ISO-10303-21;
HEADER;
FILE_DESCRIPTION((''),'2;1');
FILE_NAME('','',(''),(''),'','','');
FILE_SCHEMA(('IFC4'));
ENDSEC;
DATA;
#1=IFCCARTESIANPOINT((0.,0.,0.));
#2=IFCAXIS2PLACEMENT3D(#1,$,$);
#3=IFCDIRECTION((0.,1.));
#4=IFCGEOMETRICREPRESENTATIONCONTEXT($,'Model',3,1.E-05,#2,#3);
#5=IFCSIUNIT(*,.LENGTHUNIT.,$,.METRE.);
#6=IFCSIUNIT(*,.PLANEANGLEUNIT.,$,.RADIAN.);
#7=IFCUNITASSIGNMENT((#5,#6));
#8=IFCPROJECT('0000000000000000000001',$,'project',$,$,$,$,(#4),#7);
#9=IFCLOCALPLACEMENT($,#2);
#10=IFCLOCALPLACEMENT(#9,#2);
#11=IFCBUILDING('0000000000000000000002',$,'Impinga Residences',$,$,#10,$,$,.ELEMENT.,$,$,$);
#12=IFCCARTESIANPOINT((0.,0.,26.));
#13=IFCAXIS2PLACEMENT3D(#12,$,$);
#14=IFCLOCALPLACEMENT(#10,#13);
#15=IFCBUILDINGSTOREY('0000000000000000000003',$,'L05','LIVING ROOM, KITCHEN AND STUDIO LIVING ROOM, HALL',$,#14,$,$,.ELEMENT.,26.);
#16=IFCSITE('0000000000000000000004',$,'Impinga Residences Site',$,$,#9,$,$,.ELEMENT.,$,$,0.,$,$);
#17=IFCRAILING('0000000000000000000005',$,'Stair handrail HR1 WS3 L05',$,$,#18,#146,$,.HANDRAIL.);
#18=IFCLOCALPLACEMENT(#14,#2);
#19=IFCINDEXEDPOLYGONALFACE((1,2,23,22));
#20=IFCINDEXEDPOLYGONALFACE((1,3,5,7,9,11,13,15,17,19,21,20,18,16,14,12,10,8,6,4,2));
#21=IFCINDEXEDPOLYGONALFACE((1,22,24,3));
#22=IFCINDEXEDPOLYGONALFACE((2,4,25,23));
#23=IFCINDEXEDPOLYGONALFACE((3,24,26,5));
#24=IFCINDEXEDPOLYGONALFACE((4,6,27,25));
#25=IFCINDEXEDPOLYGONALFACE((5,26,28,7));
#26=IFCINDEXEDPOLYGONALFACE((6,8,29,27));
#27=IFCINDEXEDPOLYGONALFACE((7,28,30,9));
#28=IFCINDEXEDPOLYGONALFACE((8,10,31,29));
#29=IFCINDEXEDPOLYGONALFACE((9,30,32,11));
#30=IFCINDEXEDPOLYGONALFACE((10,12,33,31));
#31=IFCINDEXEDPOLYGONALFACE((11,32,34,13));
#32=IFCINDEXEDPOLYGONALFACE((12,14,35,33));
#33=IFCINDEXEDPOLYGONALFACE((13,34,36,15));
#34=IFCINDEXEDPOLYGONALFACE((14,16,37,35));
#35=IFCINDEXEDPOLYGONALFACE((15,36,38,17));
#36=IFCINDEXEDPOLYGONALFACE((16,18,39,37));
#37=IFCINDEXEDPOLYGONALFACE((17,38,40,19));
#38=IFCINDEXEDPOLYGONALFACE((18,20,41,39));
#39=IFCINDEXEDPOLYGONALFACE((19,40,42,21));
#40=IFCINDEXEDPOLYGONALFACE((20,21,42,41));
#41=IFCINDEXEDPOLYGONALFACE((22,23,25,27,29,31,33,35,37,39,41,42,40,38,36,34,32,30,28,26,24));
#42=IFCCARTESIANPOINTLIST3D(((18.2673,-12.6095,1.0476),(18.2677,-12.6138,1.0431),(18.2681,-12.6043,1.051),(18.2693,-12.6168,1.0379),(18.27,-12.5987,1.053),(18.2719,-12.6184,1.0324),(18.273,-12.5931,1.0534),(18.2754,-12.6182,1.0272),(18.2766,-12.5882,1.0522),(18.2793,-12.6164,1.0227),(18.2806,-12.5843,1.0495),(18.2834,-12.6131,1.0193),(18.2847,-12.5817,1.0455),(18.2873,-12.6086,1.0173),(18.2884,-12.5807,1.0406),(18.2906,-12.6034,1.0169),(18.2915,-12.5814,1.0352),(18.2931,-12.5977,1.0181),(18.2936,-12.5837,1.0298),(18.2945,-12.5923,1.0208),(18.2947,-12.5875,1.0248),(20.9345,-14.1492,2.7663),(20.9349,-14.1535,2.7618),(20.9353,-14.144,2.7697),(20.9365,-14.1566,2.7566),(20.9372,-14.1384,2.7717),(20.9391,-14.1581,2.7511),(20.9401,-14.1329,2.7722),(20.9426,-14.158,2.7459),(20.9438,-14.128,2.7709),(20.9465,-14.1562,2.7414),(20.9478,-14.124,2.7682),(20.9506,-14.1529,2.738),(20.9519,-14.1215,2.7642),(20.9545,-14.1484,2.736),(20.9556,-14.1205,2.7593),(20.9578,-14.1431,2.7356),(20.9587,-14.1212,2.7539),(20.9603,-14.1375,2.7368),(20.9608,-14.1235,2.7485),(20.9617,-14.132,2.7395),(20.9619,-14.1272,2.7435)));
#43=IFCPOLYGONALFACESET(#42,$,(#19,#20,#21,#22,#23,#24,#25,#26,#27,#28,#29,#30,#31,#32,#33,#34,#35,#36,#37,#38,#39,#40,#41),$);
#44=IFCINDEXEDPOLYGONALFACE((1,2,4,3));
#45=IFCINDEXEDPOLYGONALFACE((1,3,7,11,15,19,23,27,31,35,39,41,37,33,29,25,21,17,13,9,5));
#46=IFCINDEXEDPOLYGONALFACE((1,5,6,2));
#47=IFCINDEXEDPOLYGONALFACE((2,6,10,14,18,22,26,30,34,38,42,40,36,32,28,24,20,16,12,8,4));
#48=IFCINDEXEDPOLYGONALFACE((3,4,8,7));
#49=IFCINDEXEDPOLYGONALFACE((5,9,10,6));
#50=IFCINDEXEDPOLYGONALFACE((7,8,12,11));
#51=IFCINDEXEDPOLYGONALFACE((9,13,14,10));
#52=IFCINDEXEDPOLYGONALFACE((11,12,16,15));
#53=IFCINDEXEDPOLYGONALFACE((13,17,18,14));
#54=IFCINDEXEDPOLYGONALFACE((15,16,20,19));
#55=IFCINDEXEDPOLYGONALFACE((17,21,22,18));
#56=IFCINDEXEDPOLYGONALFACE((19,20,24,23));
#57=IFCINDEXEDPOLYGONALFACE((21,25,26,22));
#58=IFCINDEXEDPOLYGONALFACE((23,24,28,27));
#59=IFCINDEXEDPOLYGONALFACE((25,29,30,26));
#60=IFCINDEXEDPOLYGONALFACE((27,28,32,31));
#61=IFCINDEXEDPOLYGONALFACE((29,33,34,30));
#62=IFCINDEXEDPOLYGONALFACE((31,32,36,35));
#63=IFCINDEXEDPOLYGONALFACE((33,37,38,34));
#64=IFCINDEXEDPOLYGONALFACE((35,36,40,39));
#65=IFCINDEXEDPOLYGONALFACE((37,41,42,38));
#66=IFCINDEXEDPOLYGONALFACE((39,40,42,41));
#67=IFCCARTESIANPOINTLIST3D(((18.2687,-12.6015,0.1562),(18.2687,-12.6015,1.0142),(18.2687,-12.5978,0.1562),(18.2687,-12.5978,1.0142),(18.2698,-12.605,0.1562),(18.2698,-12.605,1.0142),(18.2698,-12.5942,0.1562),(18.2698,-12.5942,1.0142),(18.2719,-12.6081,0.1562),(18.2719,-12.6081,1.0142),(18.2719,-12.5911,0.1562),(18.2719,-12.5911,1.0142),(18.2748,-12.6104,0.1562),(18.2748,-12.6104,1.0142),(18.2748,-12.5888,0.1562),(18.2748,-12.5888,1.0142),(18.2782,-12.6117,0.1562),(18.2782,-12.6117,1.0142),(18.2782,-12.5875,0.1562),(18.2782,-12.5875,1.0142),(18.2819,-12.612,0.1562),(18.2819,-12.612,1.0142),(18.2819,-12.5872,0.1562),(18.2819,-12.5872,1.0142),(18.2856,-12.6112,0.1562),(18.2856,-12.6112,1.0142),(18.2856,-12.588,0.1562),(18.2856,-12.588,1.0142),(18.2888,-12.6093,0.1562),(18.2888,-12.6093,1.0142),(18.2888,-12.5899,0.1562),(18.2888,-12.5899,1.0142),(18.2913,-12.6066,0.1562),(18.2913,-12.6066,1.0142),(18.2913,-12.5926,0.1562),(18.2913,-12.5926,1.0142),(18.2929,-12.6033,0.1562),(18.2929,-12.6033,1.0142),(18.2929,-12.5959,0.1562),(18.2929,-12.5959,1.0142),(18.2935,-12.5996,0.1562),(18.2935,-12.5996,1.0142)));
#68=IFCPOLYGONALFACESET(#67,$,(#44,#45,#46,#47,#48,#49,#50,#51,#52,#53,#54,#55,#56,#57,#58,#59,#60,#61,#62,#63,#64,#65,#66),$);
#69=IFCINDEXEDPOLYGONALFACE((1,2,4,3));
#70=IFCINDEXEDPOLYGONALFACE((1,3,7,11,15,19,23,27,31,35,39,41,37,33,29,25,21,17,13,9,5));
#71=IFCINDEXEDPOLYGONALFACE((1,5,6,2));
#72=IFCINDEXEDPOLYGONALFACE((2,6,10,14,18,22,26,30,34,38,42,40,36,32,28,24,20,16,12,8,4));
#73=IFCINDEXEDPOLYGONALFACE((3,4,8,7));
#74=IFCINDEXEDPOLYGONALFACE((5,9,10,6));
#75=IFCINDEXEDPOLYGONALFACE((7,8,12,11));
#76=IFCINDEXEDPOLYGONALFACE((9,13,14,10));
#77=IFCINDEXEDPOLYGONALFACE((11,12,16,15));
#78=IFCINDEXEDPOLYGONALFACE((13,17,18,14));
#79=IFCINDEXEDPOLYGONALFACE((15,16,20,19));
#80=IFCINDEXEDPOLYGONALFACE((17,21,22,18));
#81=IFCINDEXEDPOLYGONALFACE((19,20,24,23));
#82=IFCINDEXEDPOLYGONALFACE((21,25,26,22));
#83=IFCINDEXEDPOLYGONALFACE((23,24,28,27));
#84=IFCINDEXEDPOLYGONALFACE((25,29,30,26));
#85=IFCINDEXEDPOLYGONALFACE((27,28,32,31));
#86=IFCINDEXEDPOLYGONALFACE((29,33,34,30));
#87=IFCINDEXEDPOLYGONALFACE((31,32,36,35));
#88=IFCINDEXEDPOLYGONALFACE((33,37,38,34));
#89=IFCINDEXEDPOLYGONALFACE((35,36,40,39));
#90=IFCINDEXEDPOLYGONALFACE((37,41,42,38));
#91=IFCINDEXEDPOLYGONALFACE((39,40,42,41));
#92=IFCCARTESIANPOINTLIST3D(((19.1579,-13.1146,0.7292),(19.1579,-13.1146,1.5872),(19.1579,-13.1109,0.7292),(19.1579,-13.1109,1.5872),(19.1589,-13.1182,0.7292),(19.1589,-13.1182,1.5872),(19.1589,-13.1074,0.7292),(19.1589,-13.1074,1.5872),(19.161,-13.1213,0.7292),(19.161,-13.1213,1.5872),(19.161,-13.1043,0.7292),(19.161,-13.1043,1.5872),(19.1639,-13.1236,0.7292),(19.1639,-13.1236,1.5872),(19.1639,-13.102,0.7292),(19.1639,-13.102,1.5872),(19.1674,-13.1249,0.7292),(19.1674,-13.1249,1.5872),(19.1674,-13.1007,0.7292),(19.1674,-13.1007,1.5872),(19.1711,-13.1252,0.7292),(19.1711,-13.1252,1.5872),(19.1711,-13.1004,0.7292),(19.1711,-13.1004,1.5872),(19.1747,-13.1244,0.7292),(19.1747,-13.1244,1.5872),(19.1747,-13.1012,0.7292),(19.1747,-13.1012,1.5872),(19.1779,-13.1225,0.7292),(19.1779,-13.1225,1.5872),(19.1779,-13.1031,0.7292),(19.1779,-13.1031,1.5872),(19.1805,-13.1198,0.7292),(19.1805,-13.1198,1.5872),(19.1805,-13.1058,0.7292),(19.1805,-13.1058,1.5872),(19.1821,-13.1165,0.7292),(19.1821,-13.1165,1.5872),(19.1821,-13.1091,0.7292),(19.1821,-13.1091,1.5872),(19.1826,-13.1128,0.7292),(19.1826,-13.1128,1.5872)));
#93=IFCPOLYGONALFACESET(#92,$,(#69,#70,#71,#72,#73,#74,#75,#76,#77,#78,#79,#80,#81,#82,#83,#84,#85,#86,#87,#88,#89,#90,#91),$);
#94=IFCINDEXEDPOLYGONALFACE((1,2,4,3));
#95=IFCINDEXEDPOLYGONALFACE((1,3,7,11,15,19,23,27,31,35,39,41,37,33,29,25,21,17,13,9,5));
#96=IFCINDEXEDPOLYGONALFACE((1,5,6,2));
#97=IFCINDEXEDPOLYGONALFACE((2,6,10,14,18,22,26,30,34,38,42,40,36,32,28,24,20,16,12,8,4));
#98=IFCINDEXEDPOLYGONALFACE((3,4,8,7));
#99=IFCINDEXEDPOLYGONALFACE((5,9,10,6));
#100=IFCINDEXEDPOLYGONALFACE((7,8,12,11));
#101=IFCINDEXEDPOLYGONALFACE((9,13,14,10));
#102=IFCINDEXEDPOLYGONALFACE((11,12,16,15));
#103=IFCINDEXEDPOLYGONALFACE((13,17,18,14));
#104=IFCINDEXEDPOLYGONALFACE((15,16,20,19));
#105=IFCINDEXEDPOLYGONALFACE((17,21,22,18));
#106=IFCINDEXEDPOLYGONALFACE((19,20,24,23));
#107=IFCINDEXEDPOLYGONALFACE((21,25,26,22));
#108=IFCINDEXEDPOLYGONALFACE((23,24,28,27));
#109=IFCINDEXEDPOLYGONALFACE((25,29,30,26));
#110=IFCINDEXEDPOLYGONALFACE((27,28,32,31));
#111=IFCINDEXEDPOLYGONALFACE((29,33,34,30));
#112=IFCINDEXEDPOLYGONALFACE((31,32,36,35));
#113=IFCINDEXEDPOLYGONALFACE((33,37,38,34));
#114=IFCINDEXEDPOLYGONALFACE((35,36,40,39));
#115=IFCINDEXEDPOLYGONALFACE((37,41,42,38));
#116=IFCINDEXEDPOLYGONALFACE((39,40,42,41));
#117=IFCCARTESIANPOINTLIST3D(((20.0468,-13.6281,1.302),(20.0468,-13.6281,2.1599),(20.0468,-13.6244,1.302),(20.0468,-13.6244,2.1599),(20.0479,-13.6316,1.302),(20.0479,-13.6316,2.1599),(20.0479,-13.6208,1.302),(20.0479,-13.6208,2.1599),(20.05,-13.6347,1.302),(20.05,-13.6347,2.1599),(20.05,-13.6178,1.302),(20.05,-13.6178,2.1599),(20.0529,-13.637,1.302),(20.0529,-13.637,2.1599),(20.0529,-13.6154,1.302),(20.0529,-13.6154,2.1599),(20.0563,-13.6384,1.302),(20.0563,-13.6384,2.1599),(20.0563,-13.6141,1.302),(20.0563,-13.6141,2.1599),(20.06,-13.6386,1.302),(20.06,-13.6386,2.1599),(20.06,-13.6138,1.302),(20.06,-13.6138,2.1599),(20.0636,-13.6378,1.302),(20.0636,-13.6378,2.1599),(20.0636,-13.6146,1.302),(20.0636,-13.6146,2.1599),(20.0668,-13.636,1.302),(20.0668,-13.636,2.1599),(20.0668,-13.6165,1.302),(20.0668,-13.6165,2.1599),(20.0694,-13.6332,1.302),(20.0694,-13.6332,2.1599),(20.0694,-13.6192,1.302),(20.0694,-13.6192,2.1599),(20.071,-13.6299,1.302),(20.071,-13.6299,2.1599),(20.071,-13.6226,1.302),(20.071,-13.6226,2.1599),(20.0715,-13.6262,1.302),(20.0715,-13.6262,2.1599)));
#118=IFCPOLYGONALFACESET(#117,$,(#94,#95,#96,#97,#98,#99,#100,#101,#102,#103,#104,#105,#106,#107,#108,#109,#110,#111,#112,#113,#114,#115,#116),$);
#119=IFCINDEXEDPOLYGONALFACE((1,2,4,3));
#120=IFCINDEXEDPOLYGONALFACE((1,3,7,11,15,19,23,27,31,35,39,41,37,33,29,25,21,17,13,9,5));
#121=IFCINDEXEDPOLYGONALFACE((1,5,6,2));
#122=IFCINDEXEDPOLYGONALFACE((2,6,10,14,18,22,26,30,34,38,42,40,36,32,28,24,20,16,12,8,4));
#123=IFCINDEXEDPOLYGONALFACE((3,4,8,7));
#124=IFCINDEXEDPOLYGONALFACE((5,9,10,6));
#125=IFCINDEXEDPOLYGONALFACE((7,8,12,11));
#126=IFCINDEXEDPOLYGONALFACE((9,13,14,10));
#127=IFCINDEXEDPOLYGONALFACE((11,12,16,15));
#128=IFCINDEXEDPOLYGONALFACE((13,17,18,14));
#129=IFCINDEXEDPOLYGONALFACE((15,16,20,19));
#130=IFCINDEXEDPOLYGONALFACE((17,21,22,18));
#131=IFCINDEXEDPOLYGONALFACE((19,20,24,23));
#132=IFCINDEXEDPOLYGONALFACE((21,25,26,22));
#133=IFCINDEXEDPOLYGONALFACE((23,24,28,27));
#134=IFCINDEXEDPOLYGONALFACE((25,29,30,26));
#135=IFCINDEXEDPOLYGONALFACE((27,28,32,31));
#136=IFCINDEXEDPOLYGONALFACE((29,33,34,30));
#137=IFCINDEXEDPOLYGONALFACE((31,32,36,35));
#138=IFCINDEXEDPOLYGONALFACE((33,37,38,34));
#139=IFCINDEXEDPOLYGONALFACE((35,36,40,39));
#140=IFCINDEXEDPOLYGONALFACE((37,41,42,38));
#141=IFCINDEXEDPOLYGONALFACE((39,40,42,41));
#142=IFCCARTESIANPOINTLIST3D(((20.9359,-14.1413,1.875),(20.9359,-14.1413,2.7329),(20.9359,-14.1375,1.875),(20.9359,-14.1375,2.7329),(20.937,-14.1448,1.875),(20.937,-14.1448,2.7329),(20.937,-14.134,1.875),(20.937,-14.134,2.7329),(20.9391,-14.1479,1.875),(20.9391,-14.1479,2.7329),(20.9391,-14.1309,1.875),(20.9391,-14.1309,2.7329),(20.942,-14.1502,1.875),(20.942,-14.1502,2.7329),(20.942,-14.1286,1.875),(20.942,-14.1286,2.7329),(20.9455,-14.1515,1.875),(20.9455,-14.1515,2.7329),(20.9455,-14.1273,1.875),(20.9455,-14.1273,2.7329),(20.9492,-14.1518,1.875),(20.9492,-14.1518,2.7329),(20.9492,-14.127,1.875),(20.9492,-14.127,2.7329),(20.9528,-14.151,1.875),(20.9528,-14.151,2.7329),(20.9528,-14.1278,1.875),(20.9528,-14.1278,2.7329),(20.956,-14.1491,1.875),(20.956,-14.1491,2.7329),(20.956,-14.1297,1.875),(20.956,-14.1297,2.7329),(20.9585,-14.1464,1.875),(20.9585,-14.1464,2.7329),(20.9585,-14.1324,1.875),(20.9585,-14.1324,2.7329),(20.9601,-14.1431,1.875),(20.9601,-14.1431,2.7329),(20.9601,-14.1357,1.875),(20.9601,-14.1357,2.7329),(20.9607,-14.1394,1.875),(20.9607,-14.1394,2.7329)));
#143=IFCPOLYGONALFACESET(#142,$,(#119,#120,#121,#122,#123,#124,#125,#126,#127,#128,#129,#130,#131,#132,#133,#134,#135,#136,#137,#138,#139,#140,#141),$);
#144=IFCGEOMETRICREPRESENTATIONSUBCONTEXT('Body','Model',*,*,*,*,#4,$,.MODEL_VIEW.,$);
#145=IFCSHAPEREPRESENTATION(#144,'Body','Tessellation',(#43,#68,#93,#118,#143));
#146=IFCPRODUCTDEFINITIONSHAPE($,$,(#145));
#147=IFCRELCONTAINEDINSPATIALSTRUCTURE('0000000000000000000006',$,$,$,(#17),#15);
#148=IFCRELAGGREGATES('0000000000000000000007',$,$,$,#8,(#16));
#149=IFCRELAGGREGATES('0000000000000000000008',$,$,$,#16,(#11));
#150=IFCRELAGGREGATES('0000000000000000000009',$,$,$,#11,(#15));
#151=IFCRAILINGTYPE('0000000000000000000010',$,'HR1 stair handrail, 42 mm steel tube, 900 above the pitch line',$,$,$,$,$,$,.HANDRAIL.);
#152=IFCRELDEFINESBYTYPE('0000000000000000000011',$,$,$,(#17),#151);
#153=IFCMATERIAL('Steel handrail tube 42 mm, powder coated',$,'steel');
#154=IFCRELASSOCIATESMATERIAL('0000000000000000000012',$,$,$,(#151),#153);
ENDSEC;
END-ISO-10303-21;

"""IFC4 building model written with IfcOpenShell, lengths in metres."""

from ifc_helpers import new_model, si_unit, direction, frame, origin, origin_2d, place, context, subcontext, project, spatial, circle, extrude, material, type_object, element, save


model = new_model("IFC4")

# Units and contexts
model_context = context("Model", 3, precision=1e-05, world=origin(), true_north=direction((0.0, 1.0)))
body_context = subcontext(model_context, "Body", "Model", "MODEL_VIEW")
ifc_project = project(units=[si_unit("LENGTHUNIT", "METRE"), si_unit("PLANEANGLEUNIT", "RADIAN")], contexts=[model_context])

# Site, building, storey
site_placement = place(None, origin())
site = spatial("IfcSite", under=ifc_project, at=site_placement, Name="Impinga Residences Site", CompositionType="ELEMENT", RefElevation=0.0)
building_placement = place(site_placement, origin())
building = spatial("IfcBuilding", under=site, at=building_placement, Name="Impinga Residences", CompositionType="ELEMENT")
storey_placement = place(building_placement, frame((0.0, 0.0, 26.0)))
storey = spatial("IfcBuildingStorey", under=building, at=storey_placement, Name="L05", Description="LIVING ROOM, KITCHEN AND STUDIO LIVING ROOM, HALL", CompositionType="ELEMENT", Elevation=26.0)

# Railing
ifc_material_1 = material(Name="Steel handrail tube 42 mm, powder coated", Category="steel")
railing_type_1 = type_object("IfcRailingType", Name="HR1 stair handrail, 42 mm steel tube, 900 above the pitch line", PredefinedType="HANDRAIL", material=ifc_material_1)
railing_1_placement = place(storey_placement, frame((18.281, -12.5996, 0.1562)))
element("IfcRailing", 1, at=railing_1_placement, inside=storey, type_object=railing_type_1, Name="Stair handrail HR1 WS3 L05", PredefinedType="HANDRAIL", context=body_context, shape_type="SweptSolid", body=[
    extrude(circle(Radius=0.021, at=origin_2d()), frame((0.0, 0.0, 0.8789), z_axis=(0.756249, -0.436582, 0.487322), x_axis=(0.499967, 0.866044, 0.0)), (0.0, 0.0, 1.0), 3.5269),
    extrude(circle(Radius=0.0125, at=origin_2d()), origin(), (0.0, 0.0, 1.0), 0.8579),
    extrude(circle(Radius=0.0125, at=origin_2d()), frame((0.8892, -0.5132, 0.573)), (0.0, 0.0, 1.0), 0.8579),
    extrude(circle(Radius=0.0125, at=origin_2d()), frame((1.7781, -1.0266, 1.1458)), (0.0, 0.0, 1.0), 0.8579),
    extrude(circle(Radius=0.0125, at=origin_2d()), frame((2.6672, -1.5398, 1.7188)), (0.0, 0.0, 1.0), 0.8579),
])

save(model, "model.ifc")
